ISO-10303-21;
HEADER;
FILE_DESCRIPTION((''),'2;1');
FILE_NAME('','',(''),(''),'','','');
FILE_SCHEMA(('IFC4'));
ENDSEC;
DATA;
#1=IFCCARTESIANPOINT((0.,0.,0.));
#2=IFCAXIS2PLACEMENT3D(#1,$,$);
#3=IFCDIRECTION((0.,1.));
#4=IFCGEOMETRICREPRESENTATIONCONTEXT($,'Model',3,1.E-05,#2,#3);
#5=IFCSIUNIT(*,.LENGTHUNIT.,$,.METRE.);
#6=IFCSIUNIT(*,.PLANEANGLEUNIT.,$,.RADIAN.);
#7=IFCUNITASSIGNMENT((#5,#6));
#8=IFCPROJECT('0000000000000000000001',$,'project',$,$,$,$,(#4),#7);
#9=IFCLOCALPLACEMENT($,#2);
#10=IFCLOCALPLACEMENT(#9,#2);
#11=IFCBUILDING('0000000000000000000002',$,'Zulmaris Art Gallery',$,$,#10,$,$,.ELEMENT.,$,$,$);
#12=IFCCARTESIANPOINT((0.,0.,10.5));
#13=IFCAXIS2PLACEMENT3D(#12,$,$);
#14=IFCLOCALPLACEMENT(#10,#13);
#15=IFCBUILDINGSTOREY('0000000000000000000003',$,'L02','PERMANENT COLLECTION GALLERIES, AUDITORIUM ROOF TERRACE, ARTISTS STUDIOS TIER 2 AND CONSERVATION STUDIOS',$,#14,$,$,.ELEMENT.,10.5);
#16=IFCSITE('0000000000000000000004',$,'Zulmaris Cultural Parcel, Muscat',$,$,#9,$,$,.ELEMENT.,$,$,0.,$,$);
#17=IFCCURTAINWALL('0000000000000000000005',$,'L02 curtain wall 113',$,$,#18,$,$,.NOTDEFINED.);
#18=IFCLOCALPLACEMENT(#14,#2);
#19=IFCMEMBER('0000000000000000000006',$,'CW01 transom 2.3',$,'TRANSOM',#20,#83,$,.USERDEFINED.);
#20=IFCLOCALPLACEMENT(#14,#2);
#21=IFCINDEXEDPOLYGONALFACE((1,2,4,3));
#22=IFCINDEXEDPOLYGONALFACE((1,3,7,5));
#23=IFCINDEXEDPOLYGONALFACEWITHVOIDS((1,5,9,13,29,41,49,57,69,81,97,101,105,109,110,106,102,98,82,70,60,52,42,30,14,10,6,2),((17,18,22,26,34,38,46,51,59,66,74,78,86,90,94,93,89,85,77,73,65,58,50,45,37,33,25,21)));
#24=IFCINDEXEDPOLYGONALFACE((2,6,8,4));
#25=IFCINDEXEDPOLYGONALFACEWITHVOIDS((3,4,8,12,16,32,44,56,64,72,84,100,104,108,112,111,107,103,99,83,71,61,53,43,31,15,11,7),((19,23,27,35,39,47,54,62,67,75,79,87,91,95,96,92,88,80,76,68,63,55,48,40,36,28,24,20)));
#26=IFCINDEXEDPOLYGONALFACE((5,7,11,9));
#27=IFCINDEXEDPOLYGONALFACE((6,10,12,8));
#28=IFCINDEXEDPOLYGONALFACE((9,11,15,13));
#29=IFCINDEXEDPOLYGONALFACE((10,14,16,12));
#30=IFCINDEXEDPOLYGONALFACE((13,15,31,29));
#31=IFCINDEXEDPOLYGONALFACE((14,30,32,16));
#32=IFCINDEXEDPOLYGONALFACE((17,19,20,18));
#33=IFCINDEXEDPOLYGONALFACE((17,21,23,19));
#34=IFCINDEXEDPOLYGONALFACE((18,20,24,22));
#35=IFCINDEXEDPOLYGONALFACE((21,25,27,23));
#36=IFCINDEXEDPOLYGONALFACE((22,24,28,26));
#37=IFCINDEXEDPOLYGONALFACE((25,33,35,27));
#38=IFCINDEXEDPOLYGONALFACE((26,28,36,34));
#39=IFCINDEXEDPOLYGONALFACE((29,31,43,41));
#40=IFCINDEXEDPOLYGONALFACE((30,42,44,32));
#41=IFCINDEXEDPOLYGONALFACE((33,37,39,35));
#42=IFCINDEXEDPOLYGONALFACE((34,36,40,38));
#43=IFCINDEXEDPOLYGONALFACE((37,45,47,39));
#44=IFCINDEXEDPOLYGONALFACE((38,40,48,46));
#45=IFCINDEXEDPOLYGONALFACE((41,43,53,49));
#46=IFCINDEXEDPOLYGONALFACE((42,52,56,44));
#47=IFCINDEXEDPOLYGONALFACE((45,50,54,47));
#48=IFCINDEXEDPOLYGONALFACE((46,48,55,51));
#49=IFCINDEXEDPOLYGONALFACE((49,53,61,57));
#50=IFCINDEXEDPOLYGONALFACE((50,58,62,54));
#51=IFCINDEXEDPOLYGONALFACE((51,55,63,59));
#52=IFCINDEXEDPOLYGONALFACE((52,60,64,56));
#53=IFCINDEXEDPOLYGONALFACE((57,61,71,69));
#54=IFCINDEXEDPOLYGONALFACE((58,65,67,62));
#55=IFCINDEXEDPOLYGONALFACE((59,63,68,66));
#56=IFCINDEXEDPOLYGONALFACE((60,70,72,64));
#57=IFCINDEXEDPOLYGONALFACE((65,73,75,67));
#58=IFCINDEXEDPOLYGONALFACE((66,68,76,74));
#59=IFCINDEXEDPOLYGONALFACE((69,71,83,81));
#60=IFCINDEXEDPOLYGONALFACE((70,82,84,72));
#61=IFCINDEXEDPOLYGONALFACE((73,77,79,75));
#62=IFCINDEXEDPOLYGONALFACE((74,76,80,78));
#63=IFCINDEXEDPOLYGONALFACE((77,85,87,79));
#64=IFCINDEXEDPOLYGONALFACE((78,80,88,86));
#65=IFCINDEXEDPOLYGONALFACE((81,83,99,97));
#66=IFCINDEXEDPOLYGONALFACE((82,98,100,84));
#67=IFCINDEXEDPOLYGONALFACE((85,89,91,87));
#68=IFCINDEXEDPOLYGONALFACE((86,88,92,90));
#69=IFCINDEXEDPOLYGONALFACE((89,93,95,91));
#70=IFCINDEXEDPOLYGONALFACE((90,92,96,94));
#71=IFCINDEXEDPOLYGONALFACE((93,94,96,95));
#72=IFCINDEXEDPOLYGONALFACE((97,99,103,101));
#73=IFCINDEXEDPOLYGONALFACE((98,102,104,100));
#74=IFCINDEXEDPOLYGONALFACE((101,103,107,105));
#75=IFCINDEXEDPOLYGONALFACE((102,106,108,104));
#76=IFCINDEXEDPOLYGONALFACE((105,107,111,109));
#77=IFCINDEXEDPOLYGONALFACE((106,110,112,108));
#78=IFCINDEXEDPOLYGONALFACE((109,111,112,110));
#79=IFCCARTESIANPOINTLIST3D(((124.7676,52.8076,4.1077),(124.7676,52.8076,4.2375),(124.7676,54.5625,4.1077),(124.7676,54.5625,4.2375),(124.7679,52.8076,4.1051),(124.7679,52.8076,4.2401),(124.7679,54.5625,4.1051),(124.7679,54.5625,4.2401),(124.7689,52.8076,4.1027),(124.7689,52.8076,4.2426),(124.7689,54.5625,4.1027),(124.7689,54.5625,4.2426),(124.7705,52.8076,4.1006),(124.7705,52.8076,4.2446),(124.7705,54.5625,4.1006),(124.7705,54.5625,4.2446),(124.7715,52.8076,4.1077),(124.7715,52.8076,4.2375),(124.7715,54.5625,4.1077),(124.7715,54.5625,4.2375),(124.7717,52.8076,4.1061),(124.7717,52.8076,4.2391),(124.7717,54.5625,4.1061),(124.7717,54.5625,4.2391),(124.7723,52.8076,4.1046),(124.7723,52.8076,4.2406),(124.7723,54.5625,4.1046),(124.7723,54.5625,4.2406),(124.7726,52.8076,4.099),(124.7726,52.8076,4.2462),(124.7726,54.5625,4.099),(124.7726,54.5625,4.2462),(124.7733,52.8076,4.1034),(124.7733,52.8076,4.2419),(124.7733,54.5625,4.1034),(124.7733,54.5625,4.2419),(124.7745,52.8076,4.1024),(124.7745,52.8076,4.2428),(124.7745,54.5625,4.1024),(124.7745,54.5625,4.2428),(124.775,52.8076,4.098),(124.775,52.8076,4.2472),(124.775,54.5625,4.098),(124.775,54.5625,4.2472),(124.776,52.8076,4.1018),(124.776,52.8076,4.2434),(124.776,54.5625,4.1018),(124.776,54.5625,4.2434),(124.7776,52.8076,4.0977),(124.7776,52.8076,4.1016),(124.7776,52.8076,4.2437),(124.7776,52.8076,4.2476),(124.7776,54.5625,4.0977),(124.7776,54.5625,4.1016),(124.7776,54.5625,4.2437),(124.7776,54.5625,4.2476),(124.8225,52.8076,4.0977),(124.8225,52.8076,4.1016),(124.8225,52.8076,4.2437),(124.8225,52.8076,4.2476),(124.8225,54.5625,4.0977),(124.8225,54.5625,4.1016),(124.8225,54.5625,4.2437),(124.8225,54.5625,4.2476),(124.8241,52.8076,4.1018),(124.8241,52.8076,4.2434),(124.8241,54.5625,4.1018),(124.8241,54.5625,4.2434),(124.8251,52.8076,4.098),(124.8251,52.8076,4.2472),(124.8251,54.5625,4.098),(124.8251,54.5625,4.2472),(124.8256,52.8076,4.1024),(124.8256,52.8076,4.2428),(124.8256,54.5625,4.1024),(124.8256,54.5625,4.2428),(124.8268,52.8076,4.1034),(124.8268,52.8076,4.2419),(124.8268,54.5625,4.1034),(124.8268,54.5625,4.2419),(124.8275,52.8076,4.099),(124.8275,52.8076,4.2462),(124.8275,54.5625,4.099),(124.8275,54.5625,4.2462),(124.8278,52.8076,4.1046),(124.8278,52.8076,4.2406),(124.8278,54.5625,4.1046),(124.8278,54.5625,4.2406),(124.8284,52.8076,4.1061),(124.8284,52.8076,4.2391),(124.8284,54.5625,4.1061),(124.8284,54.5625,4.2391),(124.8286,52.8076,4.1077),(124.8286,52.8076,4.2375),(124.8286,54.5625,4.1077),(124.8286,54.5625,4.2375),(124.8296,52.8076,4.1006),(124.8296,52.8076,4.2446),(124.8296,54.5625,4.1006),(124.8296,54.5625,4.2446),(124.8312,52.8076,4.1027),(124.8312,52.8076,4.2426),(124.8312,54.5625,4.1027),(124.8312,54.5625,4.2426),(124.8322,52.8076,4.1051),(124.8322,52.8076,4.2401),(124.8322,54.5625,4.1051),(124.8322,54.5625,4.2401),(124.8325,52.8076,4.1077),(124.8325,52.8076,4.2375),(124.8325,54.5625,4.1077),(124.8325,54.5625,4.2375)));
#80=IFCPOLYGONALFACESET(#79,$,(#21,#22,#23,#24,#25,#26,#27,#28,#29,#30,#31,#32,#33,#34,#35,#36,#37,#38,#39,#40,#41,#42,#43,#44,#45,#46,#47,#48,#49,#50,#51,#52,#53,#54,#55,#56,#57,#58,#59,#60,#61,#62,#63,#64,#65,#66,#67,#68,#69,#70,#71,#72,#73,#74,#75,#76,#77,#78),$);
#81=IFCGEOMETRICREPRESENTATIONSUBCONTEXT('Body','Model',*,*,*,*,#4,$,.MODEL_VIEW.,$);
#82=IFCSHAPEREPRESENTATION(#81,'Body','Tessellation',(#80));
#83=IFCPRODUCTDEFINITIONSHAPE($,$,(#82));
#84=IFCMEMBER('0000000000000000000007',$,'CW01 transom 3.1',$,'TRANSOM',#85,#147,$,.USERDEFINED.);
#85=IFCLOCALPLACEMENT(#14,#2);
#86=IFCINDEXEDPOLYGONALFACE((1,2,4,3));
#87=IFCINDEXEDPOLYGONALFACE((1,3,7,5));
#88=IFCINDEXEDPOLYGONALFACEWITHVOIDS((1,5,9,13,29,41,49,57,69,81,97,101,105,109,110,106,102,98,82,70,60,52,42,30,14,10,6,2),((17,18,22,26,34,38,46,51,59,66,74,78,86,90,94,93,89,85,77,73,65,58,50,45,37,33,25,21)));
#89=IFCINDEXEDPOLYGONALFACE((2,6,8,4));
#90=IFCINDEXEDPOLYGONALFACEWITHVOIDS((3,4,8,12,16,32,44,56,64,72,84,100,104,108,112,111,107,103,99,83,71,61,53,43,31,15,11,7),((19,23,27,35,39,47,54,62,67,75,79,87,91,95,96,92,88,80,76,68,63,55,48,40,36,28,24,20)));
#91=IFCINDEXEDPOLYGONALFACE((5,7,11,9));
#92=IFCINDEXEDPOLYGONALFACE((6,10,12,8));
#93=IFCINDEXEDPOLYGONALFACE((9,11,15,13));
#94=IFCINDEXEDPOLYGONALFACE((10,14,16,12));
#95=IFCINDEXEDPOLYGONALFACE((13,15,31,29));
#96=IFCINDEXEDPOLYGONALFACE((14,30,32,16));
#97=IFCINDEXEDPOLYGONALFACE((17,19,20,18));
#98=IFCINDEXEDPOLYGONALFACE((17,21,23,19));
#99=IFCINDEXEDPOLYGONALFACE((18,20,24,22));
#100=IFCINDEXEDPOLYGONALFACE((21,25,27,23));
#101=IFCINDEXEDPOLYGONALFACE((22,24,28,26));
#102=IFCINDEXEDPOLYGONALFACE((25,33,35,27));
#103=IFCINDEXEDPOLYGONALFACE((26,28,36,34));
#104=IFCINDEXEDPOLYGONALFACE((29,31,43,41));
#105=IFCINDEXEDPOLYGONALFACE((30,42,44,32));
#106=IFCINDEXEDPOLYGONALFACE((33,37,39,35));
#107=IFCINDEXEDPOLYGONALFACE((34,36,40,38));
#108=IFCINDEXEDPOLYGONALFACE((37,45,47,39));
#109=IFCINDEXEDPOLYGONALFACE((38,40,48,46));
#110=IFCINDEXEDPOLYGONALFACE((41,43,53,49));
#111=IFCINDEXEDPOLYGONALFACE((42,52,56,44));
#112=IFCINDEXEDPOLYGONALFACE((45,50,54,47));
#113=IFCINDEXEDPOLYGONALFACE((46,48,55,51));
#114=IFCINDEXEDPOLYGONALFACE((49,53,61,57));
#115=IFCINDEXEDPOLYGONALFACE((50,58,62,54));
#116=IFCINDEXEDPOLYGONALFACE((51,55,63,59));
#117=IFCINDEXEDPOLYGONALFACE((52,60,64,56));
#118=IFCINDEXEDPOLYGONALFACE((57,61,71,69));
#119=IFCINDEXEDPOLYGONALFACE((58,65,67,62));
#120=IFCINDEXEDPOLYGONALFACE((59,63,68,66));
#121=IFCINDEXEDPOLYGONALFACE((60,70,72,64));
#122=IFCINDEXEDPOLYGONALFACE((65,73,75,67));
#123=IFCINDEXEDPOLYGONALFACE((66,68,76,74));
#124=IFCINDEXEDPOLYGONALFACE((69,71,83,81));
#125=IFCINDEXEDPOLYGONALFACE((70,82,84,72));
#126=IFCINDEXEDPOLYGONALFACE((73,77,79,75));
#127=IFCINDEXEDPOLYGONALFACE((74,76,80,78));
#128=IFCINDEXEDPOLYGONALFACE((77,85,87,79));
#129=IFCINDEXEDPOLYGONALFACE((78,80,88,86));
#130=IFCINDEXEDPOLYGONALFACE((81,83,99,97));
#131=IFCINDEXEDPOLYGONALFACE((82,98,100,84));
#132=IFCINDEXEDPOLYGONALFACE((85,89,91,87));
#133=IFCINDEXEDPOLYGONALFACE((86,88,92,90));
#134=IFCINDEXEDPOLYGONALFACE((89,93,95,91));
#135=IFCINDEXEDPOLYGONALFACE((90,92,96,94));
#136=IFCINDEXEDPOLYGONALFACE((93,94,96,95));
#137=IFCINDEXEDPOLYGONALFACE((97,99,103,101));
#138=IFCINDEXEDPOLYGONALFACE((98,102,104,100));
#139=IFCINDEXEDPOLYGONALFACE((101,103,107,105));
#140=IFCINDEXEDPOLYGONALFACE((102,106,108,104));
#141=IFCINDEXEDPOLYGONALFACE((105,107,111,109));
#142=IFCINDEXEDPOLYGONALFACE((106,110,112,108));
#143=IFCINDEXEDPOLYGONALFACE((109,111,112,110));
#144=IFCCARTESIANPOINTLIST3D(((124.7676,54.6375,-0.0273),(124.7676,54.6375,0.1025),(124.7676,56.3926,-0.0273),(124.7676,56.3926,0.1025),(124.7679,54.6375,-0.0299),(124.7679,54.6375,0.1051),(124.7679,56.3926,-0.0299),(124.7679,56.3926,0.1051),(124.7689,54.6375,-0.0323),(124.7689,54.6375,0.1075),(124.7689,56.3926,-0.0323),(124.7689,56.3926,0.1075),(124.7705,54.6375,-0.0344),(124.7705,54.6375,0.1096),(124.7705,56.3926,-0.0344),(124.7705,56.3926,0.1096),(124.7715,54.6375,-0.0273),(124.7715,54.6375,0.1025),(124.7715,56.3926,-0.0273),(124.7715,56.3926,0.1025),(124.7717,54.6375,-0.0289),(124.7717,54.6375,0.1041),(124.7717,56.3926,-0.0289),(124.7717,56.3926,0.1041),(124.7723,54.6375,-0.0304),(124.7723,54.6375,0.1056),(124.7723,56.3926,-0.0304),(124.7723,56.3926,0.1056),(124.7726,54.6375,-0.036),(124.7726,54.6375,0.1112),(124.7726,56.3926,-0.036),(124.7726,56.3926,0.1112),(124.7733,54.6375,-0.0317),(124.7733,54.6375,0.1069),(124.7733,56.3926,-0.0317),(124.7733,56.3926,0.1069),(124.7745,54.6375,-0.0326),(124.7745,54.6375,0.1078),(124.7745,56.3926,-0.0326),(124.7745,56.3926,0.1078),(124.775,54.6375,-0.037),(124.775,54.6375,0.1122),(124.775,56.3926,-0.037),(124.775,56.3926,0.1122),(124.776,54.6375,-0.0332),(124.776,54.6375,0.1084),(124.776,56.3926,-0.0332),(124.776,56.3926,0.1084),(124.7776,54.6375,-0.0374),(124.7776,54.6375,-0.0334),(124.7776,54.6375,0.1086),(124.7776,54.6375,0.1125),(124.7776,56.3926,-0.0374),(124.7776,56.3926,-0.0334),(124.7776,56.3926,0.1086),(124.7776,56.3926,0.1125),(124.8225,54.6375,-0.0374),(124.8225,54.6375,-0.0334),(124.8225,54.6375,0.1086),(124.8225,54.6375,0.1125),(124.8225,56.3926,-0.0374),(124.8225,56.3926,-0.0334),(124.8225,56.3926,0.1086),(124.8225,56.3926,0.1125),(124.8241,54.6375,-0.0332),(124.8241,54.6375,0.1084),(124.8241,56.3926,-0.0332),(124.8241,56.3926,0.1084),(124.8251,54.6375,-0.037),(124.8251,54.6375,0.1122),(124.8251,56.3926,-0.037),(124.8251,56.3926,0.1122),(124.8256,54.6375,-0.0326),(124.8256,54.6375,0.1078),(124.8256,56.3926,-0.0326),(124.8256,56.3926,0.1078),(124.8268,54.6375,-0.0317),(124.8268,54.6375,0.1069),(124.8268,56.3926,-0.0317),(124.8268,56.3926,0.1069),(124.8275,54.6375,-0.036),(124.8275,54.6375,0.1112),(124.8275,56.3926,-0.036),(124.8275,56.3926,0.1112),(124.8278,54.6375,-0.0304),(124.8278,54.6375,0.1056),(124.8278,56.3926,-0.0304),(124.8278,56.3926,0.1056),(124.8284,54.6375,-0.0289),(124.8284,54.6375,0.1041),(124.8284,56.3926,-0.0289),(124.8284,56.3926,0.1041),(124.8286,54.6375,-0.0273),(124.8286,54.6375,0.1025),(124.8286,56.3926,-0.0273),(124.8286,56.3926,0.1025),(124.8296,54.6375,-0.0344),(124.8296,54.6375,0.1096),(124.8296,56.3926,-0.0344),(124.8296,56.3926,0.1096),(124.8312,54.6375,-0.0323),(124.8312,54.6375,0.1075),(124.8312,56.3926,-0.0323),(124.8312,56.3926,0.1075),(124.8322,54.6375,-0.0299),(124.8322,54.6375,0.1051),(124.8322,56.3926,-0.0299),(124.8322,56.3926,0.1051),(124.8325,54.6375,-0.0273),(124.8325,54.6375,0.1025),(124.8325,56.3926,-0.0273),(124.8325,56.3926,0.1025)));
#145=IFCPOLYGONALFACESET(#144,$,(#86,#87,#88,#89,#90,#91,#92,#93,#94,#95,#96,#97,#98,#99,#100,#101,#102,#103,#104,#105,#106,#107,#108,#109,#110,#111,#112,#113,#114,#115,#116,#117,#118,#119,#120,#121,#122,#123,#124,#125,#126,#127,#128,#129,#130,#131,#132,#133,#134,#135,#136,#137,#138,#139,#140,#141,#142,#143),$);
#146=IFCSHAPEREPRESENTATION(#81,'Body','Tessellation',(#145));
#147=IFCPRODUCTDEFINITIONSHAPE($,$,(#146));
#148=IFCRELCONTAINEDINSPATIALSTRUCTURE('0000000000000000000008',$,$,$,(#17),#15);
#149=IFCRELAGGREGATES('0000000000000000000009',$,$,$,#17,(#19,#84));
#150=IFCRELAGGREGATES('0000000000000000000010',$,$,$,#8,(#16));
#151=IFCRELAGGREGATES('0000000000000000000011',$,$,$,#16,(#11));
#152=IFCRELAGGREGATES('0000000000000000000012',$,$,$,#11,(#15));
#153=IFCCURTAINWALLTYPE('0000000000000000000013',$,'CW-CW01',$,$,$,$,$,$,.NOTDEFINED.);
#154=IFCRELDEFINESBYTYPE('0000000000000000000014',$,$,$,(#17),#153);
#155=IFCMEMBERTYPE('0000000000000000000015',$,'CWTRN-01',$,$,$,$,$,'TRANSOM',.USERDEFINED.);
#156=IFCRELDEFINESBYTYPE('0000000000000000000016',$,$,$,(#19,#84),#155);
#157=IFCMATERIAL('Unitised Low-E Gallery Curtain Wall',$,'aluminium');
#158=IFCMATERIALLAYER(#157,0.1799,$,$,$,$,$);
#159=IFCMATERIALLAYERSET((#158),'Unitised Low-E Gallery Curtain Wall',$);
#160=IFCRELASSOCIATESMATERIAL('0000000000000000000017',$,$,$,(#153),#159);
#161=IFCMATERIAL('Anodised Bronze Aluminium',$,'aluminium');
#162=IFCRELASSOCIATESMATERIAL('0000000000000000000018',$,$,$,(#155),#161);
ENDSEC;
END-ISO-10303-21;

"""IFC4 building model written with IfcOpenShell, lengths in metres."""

from ifc_helpers import new_model, si_unit, direction, frame, origin, origin_2d, place, context, subcontext, project, spatial, hollow_rectangle, extrude, material, layer, layer_set, material_profile, profile_set, type_object, element, aggregate, save


model = new_model("IFC4")

# Units and contexts
model_context = context("Model", 3, precision=1e-05, world=origin(), true_north=direction((0.0, 1.0)))
body_context = subcontext(model_context, "Body", "Model", "MODEL_VIEW")
ifc_project = project(units=[si_unit("LENGTHUNIT", "METRE"), si_unit("PLANEANGLEUNIT", "RADIAN")], contexts=[model_context])

# Site, building, storey
site_placement = place(None, origin())
site = spatial("IfcSite", under=ifc_project, at=site_placement, Name="Zulmaris Cultural Parcel, Muscat", CompositionType="ELEMENT", RefElevation=0.0)
building_placement = place(site_placement, origin())
building = spatial("IfcBuilding", under=site, at=building_placement, Name="Zulmaris Art Gallery", CompositionType="ELEMENT")
storey_placement = place(building_placement, frame((0.0, 0.0, 10.5)))
storey = spatial("IfcBuildingStorey", under=building, at=storey_placement, Name="L02", Description="PERMANENT COLLECTION GALLERIES, AUDITORIUM ROOF TERRACE, ARTISTS STUDIOS TIER 2 AND CONSERVATION STUDIOS", CompositionType="ELEMENT", Elevation=10.5)

# Curtain wall
ifc_material_1 = material(Name="Unitised Low-E Gallery Curtain Wall", Category="aluminium")
ifc_layer_1 = layer(ifc_material_1, 0.1799)
ifc_layer_set_1 = layer_set([ifc_layer_1], Name="Unitised Low-E Gallery Curtain Wall")
curtain_wall_type = type_object("IfcCurtainWallType", Name="CW-CW01", PredefinedType="NOTDEFINED", material=ifc_layer_set_1)
ifc_material_2 = material(Name="Anodised Bronze Aluminium", Category="aluminium")
curtain_wall_1_placement = place(storey_placement, origin())
curtain_wall_1 = element("IfcCurtainWall", 1, at=curtain_wall_1_placement, inside=storey, type_object=curtain_wall_type, Name="L02 curtain wall 113", PredefinedType="NOTDEFINED")

# Members
ifc_material_profile_1 = material_profile(ifc_material_2, hollow_rectangle(XDim=0.0649, YDim=0.1499, WallThickness=0.0039, InnerFilletRadius=0.0061, OuterFilletRadius=0.01, at=origin_2d()), Name="ALU 65x150x4")
ifc_profile_set_1 = profile_set([ifc_material_profile_1], Name="Anodised Bronze Aluminium")
member_type_1 = type_object("IfcMemberType", Name="CWTRN-01", ElementType="TRANSOM", PredefinedType="USERDEFINED", material=ifc_profile_set_1)
member_1_placement = place(storey_placement, frame((124.8, 52.8076, 4.1726), z_axis=(0.0, 1.0, 0.0), x_axis=(-1.0, 0.0, 0.0)))
member_1 = element("IfcMember", 2, at=member_1_placement, type_object=member_type_1, Name="CW01 transom 2.3", ObjectType="TRANSOM", PredefinedType="USERDEFINED", context=body_context, shape_type="SweptSolid", body=[
    extrude(hollow_rectangle(XDim=0.0649, YDim=0.1499, WallThickness=0.0039, InnerFilletRadius=0.0061, OuterFilletRadius=0.01, at=origin_2d()), origin(), (0.0, 0.0, 1.0), 1.7549),
])
member_2_placement = place(storey_placement, frame((124.8, 54.6375, 0.0376), z_axis=(0.0, 1.0, 0.0), x_axis=(-1.0, 0.0, 0.0)))
member_2 = element("IfcMember", 3, at=member_2_placement, type_object=member_type_1, Name="CW01 transom 3.1", ObjectType="TRANSOM", PredefinedType="USERDEFINED", context=body_context, shape_type="SweptSolid", body=[
    extrude(hollow_rectangle(XDim=0.0649, YDim=0.1499, WallThickness=0.0039, InnerFilletRadius=0.0061, OuterFilletRadius=0.01, at=origin_2d()), origin(), (0.0, 0.0, 1.0), 1.7551),
])

aggregate(curtain_wall_1, [member_1, member_2])

save(model, "model.ifc")
